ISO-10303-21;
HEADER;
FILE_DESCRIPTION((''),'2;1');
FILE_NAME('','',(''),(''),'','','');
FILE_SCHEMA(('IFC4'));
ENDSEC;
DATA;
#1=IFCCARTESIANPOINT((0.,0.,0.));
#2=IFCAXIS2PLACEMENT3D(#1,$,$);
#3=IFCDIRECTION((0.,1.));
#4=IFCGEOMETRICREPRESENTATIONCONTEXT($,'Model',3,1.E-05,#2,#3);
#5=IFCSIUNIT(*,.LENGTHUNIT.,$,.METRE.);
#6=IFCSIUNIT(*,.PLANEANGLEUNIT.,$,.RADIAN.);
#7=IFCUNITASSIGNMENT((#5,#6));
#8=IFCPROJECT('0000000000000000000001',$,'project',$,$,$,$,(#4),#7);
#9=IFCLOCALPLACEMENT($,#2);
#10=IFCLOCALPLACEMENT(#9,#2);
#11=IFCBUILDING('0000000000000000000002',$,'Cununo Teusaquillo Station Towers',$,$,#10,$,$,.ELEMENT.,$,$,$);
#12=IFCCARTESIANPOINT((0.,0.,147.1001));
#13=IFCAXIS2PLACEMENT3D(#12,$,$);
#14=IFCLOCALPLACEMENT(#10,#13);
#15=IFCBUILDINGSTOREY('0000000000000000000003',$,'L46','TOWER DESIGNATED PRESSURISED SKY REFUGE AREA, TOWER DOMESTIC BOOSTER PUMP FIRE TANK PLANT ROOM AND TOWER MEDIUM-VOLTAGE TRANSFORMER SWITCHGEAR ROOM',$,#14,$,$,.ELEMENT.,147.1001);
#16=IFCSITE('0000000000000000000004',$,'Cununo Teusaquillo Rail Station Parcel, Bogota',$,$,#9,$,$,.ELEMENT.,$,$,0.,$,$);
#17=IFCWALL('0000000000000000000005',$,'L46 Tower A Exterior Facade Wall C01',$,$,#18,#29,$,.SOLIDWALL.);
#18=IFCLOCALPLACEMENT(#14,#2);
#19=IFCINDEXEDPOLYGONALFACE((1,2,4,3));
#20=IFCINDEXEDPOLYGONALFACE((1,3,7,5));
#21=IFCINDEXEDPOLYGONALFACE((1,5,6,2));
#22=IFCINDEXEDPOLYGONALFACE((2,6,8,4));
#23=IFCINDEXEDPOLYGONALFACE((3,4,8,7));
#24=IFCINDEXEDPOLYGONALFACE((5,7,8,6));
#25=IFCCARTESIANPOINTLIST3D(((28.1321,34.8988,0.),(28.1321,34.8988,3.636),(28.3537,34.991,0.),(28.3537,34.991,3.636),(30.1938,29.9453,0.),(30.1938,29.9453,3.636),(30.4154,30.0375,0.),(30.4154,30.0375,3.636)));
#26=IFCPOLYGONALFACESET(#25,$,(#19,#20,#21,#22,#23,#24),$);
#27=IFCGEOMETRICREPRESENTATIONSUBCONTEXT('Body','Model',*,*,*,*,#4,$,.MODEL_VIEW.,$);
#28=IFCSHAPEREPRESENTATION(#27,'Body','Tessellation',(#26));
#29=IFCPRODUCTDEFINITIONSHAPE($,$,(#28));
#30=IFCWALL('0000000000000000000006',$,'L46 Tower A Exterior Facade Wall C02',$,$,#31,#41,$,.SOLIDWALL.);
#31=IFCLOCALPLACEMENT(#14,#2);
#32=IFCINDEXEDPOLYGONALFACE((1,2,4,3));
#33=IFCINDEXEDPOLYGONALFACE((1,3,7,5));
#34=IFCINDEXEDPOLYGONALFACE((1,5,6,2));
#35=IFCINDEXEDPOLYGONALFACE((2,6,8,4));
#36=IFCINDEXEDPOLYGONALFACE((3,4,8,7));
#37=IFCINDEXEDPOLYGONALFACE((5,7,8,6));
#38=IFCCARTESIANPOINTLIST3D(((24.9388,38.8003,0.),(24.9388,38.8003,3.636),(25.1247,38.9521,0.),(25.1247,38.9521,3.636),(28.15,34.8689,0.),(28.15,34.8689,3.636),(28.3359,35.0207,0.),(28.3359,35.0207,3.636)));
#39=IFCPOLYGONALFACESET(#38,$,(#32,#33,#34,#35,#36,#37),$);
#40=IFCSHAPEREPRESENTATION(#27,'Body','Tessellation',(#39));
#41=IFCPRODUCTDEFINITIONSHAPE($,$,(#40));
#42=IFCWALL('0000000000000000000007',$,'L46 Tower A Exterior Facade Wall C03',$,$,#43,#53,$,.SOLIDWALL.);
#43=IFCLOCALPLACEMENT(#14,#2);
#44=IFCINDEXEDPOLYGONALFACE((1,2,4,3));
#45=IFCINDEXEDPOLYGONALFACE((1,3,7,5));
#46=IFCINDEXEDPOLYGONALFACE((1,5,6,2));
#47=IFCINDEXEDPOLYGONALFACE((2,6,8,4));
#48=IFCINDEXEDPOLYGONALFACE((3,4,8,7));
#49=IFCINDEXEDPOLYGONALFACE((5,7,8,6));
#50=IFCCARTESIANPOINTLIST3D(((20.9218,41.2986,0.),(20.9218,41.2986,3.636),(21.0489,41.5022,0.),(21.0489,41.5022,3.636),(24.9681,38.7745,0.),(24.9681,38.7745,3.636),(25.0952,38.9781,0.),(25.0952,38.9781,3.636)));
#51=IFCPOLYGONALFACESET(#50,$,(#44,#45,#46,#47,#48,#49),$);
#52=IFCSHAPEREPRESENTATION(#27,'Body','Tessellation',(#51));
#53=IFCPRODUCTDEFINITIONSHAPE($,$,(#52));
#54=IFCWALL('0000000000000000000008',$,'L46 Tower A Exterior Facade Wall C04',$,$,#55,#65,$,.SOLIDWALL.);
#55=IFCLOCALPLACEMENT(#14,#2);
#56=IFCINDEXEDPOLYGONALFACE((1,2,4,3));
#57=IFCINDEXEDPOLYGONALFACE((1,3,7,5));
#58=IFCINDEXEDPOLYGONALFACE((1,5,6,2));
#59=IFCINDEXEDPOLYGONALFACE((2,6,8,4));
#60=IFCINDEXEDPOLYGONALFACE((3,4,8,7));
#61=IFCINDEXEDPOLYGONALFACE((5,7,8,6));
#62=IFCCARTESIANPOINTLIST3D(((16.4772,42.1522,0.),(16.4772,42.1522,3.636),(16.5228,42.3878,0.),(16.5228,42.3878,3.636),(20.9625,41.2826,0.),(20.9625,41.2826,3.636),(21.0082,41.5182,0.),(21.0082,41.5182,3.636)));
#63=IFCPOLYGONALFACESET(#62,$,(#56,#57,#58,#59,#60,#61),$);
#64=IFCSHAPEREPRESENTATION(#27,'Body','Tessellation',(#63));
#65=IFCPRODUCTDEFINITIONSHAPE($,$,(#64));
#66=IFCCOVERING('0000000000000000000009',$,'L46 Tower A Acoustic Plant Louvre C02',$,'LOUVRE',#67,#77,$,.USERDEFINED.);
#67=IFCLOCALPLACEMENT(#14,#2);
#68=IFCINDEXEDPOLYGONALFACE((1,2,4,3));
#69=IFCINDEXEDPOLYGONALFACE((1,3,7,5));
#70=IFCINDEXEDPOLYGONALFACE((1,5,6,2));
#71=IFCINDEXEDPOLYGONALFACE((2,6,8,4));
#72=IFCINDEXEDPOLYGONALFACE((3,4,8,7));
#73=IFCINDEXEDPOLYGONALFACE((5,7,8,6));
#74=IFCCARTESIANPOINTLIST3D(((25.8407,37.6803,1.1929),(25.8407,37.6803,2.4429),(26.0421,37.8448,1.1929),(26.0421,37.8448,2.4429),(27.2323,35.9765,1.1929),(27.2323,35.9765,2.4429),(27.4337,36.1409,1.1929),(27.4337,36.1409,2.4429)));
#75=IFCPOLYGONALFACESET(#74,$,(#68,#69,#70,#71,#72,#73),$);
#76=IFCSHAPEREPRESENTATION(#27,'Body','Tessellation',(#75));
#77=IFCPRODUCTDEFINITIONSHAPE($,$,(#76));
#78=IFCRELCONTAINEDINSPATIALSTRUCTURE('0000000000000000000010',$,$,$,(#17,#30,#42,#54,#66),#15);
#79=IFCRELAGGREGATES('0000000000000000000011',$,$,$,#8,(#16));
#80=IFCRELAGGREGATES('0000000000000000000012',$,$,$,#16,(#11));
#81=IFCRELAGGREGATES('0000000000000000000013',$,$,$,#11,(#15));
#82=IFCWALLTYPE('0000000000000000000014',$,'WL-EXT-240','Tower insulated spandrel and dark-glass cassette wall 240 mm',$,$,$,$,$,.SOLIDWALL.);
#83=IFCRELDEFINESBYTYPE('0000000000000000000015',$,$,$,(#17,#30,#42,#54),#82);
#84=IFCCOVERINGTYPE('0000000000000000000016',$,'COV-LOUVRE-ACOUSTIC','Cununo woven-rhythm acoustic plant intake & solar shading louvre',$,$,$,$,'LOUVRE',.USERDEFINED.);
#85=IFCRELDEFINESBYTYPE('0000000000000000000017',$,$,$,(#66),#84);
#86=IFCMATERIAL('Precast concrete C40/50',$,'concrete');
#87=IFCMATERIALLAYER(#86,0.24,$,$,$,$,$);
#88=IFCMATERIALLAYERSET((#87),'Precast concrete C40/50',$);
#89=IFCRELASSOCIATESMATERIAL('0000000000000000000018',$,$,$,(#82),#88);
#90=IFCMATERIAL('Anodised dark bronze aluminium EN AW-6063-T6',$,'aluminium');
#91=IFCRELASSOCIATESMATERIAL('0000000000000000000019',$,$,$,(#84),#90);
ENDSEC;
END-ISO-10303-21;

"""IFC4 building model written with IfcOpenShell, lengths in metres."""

from ifc_helpers import new_model, si_unit, direction, frame, frame_2d, origin, origin_2d, place, context, subcontext, project, spatial, rectangle, extrude, source, transform, mapped, material, layer, layer_set, type_object, element, save


model = new_model("IFC4")

# Units and contexts
model_context = context("Model", 3, precision=1e-05, world=origin(), true_north=direction((0.0, 1.0)))
body_context = subcontext(model_context, "Body", "Model", "MODEL_VIEW")
ifc_project = project(units=[si_unit("LENGTHUNIT", "METRE"), si_unit("PLANEANGLEUNIT", "RADIAN")], contexts=[model_context])

# Site, building, storey
site_placement = place(None, origin())
site = spatial("IfcSite", under=ifc_project, at=site_placement, Name="Cununo Teusaquillo Rail Station Parcel, Bogota", CompositionType="ELEMENT", RefElevation=0.0)
building_placement = place(site_placement, origin())
building = spatial("IfcBuilding", under=site, at=building_placement, Name="Cununo Teusaquillo Station Towers", CompositionType="ELEMENT")
storey_placement = place(building_placement, frame((0.0, 0.0, 147.1001)))
storey = spatial("IfcBuildingStorey", under=building, at=storey_placement, Name="L46", Description="TOWER DESIGNATED PRESSURISED SKY REFUGE AREA, TOWER DOMESTIC BOOSTER PUMP FIRE TANK PLANT ROOM AND TOWER MEDIUM-VOLTAGE TRANSFORMER SWITCHGEAR ROOM", CompositionType="ELEMENT", Elevation=147.1001)

# Walls
ifc_material_1 = material(Name="Precast concrete C40/50", Category="concrete")
ifc_layer_1 = layer(ifc_material_1, 0.24)
ifc_layer_set_1 = layer_set([ifc_layer_1], Name="Precast concrete C40/50")
wall_type = type_object("IfcWallType", Name="WL-EXT-240", Description="Tower insulated spandrel and dark-glass cassette wall 240 mm", PredefinedType="SOLIDWALL", material=ifc_layer_set_1)
wall_1_placement = place(storey_placement, frame((28.2429, 34.9448, 0.0), z_axis=(0.0, 0.0, 1.0), x_axis=(0.38426, -0.923225, 0.0)))
element("IfcWall", 1, at=wall_1_placement, inside=storey, type_object=wall_type, Name="L46 Tower A Exterior Facade Wall C01", PredefinedType="SOLIDWALL", context=body_context, shape_type="SweptSolid", body=[
    extrude(rectangle(XDim=5.3655, YDim=0.24, at=frame_2d((2.6826, 0.0))), origin(), (0.0, 0.0, 1.0), 3.636),
])
wall_2_placement = place(storey_placement, frame((25.0317, 38.8762, 0.0), z_axis=(0.0, 0.0, 1.0), x_axis=(0.632599, -0.77448, 0.0)))
element("IfcWall", 2, at=wall_2_placement, inside=storey, type_object=wall_type, Name="L46 Tower A Exterior Facade Wall C02", PredefinedType="SOLIDWALL", context=body_context, shape_type="SweptSolid", body=[
    extrude(rectangle(XDim=5.0762, YDim=0.24, at=frame_2d((2.5381, 0.0))), origin(), (0.0, 0.0, 1.0), 3.636),
])
wall_3_placement = place(storey_placement, frame((20.9854, 41.4004, 0.0), z_axis=(0.0, 0.0, 1.0), x_axis=(0.848452, -0.529272, 0.0)))
element("IfcWall", 3, at=wall_3_placement, inside=storey, type_object=wall_type, Name="L46 Tower A Exterior Facade Wall C03", PredefinedType="SOLIDWALL", context=body_context, shape_type="SweptSolid", body=[
    extrude(rectangle(XDim=4.769, YDim=0.24, at=frame_2d((2.3845, 0.0))), origin(), (0.0, 0.0, 1.0), 3.636),
])
wall_4_placement = place(storey_placement, frame((16.5, 42.27, 0.0), z_axis=(0.0, 0.0, 1.0), x_axis=(0.981719, -0.190338, 0.0)))
element("IfcWall", 4, at=wall_4_placement, inside=storey, type_object=wall_type, Name="L46 Tower A Exterior Facade Wall C04", PredefinedType="SOLIDWALL", context=body_context, shape_type="SweptSolid", body=[
    extrude(rectangle(XDim=4.5688, YDim=0.24, at=frame_2d((2.2844, 0.0))), origin(), (0.0, 0.0, 1.0), 3.636),
])

# Covering
ifc_material_2 = material(Name="Anodised dark bronze aluminium EN AW-6063-T6", Category="aluminium")
covering_type = type_object("IfcCoveringType", Name="COV-LOUVRE-ACOUSTIC", Description="Cununo woven-rhythm acoustic plant intake & solar shading louvre", ElementType="LOUVRE", PredefinedType="USERDEFINED", material=ifc_material_2)
shared_shape_1 = source(origin(), body_context, "Body", "SweptSolid", [
    extrude(rectangle(XDim=2.2, YDim=0.26, at=origin_2d()), origin(), (0.0, 0.0, 1.0), 1.25),
])
covering_placement = place(storey_placement, frame((26.6372, 36.9106, 1.1929), z_axis=(0.0, 0.0, 1.0), x_axis=(0.63257, -0.774503, 0.0)))
element("IfcCovering", 5, at=covering_placement, inside=storey, type_object=covering_type, Name="L46 Tower A Acoustic Plant Louvre C02", ObjectType="LOUVRE", PredefinedType="USERDEFINED", context=body_context, shape_type="MappedRepresentation", body=[
    mapped(shared_shape_1, transform((0.0, 0.0, 0.0), x_axis=(1.0, 0.0, 0.0), y_axis=(0.0, 1.0, 0.0), z_axis=(0.0, 0.0, 1.0), scale=1.0)),
])

save(model, "model.ifc")
